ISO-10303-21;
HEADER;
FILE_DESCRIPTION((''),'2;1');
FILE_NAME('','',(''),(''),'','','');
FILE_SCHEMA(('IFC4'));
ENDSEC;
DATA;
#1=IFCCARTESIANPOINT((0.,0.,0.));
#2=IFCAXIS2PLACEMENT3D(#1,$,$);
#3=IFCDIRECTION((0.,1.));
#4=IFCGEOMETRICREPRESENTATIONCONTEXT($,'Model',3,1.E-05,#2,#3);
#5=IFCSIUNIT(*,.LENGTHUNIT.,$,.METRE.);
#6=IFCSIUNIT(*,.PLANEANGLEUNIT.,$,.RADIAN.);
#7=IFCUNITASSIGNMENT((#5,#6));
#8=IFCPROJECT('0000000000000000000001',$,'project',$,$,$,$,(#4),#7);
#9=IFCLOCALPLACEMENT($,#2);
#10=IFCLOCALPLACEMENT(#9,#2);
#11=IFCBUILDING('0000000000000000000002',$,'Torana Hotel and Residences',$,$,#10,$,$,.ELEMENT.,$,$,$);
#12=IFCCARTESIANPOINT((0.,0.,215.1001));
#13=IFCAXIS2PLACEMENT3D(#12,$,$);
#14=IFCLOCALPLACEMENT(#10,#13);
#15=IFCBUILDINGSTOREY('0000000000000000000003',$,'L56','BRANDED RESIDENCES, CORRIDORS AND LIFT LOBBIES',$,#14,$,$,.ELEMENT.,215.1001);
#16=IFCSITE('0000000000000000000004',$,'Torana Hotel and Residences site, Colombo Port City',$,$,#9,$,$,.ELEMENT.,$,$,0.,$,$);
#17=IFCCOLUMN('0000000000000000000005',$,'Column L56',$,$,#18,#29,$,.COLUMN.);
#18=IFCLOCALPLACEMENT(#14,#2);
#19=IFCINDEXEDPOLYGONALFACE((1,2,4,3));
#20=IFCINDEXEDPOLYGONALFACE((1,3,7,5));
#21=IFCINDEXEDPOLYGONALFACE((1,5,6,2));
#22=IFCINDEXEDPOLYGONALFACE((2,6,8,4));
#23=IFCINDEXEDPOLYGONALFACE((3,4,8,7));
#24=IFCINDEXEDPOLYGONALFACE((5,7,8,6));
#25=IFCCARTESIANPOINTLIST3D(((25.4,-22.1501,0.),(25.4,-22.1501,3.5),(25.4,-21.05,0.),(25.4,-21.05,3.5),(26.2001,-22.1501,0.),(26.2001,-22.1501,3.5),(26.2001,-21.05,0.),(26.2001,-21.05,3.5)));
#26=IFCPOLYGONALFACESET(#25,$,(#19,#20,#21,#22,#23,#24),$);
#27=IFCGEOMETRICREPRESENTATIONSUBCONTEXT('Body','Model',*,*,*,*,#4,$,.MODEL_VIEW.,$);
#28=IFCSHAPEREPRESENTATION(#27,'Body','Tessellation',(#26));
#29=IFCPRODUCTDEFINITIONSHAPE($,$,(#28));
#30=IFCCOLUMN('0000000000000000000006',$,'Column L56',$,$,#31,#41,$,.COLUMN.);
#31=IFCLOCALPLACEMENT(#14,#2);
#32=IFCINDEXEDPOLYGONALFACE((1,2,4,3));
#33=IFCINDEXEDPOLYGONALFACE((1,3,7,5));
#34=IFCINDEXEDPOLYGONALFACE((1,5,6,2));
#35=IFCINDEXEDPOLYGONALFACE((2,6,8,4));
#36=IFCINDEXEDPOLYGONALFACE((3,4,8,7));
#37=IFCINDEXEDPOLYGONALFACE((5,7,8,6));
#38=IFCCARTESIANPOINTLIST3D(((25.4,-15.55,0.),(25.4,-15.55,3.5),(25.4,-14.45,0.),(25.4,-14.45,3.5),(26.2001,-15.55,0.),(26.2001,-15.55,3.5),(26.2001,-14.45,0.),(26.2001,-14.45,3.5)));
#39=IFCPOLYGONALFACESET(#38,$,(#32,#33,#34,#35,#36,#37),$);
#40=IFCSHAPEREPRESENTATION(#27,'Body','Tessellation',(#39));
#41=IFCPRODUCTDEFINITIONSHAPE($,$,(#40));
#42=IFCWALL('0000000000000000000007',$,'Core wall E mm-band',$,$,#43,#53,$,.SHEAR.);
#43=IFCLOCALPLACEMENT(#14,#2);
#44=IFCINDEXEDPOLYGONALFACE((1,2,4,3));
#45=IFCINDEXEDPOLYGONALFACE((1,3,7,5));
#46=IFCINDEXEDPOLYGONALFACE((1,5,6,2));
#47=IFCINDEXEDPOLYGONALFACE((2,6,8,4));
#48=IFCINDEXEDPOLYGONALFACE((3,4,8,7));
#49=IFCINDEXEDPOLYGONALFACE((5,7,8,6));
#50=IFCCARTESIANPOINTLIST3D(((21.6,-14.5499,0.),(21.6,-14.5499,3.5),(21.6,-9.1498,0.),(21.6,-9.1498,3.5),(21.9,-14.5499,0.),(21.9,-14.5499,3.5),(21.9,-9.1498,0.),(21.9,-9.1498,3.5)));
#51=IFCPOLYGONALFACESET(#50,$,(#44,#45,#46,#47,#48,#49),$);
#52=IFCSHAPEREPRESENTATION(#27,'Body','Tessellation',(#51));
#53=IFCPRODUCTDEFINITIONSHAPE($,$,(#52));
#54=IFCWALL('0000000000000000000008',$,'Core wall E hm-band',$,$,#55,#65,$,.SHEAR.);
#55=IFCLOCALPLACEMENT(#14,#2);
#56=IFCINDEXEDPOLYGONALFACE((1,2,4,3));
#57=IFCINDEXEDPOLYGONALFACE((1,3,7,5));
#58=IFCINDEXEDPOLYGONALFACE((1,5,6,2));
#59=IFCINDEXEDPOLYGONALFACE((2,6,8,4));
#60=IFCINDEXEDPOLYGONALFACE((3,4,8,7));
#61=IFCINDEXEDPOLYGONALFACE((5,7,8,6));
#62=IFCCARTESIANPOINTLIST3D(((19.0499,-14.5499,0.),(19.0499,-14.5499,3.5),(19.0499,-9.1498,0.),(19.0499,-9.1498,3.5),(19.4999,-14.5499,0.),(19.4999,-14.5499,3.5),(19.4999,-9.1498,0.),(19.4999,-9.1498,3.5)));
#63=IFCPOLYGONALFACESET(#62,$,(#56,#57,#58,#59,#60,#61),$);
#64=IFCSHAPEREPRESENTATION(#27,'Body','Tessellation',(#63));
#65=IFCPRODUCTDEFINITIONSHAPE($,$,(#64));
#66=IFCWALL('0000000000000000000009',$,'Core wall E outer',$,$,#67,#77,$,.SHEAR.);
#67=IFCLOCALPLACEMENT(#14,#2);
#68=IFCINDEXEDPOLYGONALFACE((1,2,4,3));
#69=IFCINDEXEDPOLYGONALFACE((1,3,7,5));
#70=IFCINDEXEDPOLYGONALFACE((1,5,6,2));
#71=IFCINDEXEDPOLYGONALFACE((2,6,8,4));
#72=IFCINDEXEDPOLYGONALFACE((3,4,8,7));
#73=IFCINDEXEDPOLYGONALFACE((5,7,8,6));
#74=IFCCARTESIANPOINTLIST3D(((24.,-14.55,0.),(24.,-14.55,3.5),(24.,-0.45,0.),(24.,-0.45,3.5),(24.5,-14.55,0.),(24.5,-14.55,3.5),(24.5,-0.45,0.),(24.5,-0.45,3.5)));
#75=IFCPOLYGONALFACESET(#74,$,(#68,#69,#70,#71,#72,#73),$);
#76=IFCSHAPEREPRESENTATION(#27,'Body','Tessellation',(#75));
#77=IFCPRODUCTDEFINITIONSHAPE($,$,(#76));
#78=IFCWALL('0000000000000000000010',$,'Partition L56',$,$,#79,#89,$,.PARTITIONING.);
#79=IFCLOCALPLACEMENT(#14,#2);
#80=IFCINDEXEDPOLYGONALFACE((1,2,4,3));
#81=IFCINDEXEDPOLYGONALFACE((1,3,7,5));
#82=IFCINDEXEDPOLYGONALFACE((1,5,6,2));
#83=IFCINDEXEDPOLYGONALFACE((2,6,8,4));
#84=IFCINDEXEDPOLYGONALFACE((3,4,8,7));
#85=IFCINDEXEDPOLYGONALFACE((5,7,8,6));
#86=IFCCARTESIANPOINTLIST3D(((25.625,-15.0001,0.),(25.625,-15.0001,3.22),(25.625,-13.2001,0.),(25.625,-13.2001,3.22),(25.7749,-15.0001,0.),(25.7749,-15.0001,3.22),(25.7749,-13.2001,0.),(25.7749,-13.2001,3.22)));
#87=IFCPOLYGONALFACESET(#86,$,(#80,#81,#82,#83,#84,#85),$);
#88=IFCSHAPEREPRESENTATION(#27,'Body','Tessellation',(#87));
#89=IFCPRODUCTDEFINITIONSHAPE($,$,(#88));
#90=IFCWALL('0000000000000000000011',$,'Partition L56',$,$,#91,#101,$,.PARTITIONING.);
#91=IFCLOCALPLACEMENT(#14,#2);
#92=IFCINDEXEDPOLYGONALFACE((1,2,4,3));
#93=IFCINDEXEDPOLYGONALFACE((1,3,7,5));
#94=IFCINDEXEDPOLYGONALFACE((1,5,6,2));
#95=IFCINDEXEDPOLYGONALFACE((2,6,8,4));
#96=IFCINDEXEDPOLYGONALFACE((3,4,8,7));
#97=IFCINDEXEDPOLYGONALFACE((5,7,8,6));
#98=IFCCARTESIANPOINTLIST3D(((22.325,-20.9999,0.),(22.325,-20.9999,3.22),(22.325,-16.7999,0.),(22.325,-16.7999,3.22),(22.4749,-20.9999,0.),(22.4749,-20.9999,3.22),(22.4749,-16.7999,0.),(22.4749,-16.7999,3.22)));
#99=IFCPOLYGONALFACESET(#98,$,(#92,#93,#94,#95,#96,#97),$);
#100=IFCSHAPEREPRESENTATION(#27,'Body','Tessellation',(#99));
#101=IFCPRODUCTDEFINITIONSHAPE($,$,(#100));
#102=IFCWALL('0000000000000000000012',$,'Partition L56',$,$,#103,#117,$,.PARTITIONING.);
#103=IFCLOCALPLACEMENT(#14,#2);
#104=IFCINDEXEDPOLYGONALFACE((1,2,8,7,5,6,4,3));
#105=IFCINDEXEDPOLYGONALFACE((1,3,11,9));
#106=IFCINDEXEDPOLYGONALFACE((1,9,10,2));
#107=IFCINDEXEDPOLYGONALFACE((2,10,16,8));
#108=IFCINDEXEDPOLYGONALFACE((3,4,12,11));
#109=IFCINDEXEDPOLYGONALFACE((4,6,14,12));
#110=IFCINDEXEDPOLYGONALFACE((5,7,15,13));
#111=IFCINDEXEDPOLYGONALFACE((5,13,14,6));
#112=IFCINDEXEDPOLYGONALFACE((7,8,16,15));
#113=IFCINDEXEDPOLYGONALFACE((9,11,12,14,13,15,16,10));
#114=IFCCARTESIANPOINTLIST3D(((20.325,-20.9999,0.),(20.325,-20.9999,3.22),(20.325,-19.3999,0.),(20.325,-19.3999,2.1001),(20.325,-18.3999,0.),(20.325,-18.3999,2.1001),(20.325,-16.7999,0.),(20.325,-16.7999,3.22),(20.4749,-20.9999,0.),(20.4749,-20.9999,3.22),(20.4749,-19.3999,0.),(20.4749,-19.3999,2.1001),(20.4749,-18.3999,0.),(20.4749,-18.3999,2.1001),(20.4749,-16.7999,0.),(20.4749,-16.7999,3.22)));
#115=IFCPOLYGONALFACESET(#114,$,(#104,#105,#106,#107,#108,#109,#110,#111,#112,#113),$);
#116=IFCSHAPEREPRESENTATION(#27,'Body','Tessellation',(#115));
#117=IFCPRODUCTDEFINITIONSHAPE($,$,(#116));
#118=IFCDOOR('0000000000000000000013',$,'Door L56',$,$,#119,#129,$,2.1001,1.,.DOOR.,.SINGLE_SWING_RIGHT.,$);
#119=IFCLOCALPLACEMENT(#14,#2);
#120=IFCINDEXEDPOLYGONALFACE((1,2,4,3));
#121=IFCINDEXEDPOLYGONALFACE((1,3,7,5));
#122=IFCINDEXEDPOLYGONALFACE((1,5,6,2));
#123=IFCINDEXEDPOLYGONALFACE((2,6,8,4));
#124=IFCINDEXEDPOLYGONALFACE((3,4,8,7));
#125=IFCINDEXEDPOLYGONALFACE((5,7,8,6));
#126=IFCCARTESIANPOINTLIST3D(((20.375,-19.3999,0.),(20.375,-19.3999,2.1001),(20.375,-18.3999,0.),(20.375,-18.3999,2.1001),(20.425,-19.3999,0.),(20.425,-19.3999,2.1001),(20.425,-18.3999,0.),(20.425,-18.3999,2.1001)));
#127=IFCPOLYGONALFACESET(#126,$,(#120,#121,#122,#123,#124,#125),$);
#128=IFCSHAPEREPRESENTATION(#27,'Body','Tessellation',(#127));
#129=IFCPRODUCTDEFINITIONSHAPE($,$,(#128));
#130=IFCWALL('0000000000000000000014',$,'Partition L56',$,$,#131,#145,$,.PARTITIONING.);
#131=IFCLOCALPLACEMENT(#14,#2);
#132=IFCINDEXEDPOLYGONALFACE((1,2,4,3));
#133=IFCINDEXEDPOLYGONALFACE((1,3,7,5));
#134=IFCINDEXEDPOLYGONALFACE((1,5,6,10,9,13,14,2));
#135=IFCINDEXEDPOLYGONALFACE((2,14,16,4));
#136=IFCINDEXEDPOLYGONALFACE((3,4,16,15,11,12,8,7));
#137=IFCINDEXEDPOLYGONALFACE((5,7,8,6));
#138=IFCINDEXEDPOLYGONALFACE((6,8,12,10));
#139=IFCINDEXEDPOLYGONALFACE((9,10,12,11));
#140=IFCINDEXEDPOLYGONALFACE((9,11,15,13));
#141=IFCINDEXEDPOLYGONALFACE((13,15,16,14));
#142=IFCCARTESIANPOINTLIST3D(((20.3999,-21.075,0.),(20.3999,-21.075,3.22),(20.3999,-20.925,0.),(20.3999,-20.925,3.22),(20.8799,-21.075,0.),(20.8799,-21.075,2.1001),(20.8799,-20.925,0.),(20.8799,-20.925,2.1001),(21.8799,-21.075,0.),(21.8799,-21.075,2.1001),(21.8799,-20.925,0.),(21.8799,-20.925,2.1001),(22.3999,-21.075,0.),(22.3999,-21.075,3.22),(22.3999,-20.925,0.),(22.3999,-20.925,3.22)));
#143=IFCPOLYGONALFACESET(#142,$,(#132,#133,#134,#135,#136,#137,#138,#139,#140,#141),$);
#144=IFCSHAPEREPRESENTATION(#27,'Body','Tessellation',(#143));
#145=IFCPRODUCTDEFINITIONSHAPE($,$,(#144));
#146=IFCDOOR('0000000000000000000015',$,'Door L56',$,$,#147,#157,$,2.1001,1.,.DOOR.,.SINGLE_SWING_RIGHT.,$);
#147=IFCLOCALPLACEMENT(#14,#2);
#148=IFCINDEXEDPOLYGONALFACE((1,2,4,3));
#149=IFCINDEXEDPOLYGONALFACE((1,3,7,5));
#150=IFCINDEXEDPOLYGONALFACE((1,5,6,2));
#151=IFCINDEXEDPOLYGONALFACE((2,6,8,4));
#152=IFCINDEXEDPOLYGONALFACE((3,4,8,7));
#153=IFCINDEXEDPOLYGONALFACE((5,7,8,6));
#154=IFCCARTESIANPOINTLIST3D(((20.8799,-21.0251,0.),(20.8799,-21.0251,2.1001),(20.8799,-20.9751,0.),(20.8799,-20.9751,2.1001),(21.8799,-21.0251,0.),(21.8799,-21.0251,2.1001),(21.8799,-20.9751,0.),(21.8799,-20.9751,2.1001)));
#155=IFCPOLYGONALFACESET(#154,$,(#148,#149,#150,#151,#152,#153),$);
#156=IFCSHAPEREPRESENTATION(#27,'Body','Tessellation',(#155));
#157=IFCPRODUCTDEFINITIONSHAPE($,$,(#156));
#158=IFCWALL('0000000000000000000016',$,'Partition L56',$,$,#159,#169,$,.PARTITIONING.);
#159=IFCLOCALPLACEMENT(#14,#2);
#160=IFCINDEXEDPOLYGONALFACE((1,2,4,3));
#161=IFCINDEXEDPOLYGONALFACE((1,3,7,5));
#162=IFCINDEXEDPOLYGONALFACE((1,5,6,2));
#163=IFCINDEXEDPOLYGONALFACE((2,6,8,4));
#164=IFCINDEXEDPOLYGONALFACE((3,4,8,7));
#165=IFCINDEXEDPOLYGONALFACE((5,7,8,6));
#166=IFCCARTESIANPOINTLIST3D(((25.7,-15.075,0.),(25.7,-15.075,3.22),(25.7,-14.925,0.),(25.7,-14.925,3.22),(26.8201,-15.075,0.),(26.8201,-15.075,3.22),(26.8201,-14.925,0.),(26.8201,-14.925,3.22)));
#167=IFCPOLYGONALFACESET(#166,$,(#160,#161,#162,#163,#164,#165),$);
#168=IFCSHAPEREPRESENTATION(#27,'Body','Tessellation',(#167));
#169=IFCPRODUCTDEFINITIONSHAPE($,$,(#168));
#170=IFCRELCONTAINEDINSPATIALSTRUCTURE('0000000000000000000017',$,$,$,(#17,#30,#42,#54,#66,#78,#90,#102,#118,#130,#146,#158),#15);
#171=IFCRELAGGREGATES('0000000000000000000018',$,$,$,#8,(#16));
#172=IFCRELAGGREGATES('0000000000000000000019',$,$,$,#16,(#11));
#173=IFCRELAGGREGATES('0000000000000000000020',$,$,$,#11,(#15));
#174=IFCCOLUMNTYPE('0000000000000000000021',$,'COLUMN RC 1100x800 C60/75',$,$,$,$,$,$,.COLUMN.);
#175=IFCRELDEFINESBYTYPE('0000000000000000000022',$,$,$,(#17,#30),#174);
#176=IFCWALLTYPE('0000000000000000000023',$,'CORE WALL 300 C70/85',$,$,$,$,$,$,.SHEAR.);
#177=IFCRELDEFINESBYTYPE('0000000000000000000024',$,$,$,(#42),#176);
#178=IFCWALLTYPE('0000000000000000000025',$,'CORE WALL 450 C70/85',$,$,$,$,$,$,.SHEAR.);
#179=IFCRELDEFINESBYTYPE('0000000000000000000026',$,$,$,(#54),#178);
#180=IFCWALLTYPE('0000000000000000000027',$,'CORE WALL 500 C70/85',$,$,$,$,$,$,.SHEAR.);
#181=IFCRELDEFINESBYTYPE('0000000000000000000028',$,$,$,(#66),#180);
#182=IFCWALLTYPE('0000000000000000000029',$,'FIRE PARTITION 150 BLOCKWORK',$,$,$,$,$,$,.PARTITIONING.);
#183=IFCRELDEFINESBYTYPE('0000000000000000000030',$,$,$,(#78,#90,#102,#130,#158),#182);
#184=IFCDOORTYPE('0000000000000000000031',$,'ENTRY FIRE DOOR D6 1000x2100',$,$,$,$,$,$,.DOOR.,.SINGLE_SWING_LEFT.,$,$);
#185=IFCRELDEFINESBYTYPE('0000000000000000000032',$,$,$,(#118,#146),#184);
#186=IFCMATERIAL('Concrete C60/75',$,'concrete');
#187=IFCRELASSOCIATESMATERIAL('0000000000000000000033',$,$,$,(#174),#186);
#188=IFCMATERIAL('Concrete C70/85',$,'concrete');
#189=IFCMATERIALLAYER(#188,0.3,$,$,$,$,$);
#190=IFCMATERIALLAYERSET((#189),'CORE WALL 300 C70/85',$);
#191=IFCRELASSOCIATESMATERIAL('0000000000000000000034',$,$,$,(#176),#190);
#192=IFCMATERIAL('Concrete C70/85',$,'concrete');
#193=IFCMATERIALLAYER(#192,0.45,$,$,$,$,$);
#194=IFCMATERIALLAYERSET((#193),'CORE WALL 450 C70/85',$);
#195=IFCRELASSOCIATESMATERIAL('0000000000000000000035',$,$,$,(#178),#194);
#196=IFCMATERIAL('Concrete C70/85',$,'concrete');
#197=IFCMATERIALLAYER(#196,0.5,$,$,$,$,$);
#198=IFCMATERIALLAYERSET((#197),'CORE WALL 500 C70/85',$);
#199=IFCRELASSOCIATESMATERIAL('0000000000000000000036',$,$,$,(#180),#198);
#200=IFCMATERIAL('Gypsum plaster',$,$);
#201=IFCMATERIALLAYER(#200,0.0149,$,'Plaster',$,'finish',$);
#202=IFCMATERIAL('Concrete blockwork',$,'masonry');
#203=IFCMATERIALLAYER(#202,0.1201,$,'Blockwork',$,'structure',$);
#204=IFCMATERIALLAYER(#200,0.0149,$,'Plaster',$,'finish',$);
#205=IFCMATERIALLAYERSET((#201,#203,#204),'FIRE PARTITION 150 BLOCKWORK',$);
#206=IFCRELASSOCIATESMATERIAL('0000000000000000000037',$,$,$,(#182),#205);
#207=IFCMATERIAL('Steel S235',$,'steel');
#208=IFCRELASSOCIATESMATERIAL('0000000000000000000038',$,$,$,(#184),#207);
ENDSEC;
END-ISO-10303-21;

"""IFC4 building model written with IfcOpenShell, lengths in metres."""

from ifc_helpers import new_model, si_unit, direction, frame, frame_2d, origin, origin_2d, place, context, subcontext, project, spatial, rectangle, extrude, material, layer, layer_set, material_profile, profile_set, type_object, element, fill, save


model = new_model("IFC4")

# Units and contexts
model_context = context("Model", 3, precision=1e-05, world=origin(), true_north=direction((0.0, 1.0)))
body_context = subcontext(model_context, "Body", "Model", "MODEL_VIEW")
ifc_project = project(units=[si_unit("LENGTHUNIT", "METRE"), si_unit("PLANEANGLEUNIT", "RADIAN")], contexts=[model_context])

# Site, building, storey
site_placement = place(None, origin())
site = spatial("IfcSite", under=ifc_project, at=site_placement, Name="Torana Hotel and Residences site, Colombo Port City", CompositionType="ELEMENT", RefElevation=0.0)
building_placement = place(site_placement, origin())
building = spatial("IfcBuilding", under=site, at=building_placement, Name="Torana Hotel and Residences", CompositionType="ELEMENT")
storey_placement = place(building_placement, frame((0.0, 0.0, 215.1001)))
storey = spatial("IfcBuildingStorey", under=building, at=storey_placement, Name="L56", Description="BRANDED RESIDENCES, CORRIDORS AND LIFT LOBBIES", CompositionType="ELEMENT", Elevation=215.1001)

# Columns
ifc_material_1 = material(Name="Concrete C60/75", Category="concrete")
ifc_material_profile = material_profile(ifc_material_1, rectangle(XDim=1.1001, YDim=0.8, at=origin_2d()), Name="RC 1100x800")
ifc_profile_set = profile_set([ifc_material_profile], Name="Concrete C60/75")
column_type = type_object("IfcColumnType", Name="COLUMN RC 1100x800 C60/75", PredefinedType="COLUMN", material=ifc_profile_set)
for number, where, z_axis, x_axis, name in (
    (1, (25.8, -21.6001, 0.0), (0.0, 0.0, 1.0), (0.0, 1.0, 0.0), "Column L56"),
    (2, (25.8, -15.0, 0.0), (0.0, 0.0, 1.0), (0.0, 1.0, 0.0), "Column L56"),
):
    element("IfcColumn", number, at=place(storey_placement, frame(where, z_axis=z_axis, x_axis=x_axis)), inside=storey, type_object=column_type, Name=name, PredefinedType="COLUMN", context=body_context, shape_type="SweptSolid", body=[
        extrude(rectangle(XDim=1.1001, YDim=0.8, at=origin_2d()), origin(), (0.0, 0.0, 1.0), 3.5),
    ])

# Walls
ifc_material_2 = material(Name="Concrete C70/85", Category="concrete")
ifc_layer_1 = layer(ifc_material_2, 0.3)
ifc_layer_set_1 = layer_set([ifc_layer_1], Name="CORE WALL 300 C70/85")
wall_type_1 = type_object("IfcWallType", Name="CORE WALL 300 C70/85", PredefinedType="SHEAR", material=ifc_layer_set_1)
wall_1_placement = place(storey_placement, frame((21.75, -14.55, 0.0), z_axis=(0.0, 0.0, 1.0), x_axis=(0.0, 1.0, 0.0)))
element("IfcWall", 3, at=wall_1_placement, inside=storey, type_object=wall_type_1, Name="Core wall E mm-band", PredefinedType="SHEAR", context=body_context, shape_type="SweptSolid", body=[
    extrude(rectangle(XDim=5.4001, YDim=0.3, at=frame_2d((2.7002, 0.0))), origin(), (0.0, 0.0, 1.0), 3.5),
])
ifc_material_3 = material(Name="Concrete C70/85", Category="concrete")
ifc_layer_2 = layer(ifc_material_3, 0.45)
ifc_layer_set_2 = layer_set([ifc_layer_2], Name="CORE WALL 450 C70/85")
wall_type_2 = type_object("IfcWallType", Name="CORE WALL 450 C70/85", PredefinedType="SHEAR", material=ifc_layer_set_2)
wall_2_placement = place(storey_placement, frame((19.2749, -14.55, 0.0), z_axis=(0.0, 0.0, 1.0), x_axis=(0.0, 1.0, 0.0)))
element("IfcWall", 4, at=wall_2_placement, inside=storey, type_object=wall_type_2, Name="Core wall E hm-band", PredefinedType="SHEAR", context=body_context, shape_type="SweptSolid", body=[
    extrude(rectangle(XDim=5.4001, YDim=0.45, at=frame_2d((2.7002, 0.0))), origin(), (0.0, 0.0, 1.0), 3.5),
])
ifc_material_4 = material(Name="Concrete C70/85", Category="concrete")
ifc_layer_3 = layer(ifc_material_4, 0.5)
ifc_layer_set_3 = layer_set([ifc_layer_3], Name="CORE WALL 500 C70/85")
wall_type_3 = type_object("IfcWallType", Name="CORE WALL 500 C70/85", PredefinedType="SHEAR", material=ifc_layer_set_3)
wall_3_placement = place(storey_placement, frame((24.25, -14.55, 0.0), z_axis=(0.0, 0.0, 1.0), x_axis=(0.0, 1.0, 0.0)))
element("IfcWall", 5, at=wall_3_placement, inside=storey, type_object=wall_type_3, Name="Core wall E outer", PredefinedType="SHEAR", context=body_context, shape_type="SweptSolid", body=[
    extrude(rectangle(XDim=14.1001, YDim=0.5, at=frame_2d((7.05, 0.0))), origin(), (0.0, 0.0, 1.0), 3.5),
])
ifc_material_5 = material(Name="Gypsum plaster")
ifc_layer_4 = layer(ifc_material_5, 0.0149, Name="Plaster", Category="finish")
ifc_material_6 = material(Name="Concrete blockwork", Category="masonry")
ifc_layer_5 = layer(ifc_material_6, 0.1201, Name="Blockwork", Category="structure")
ifc_layer_6 = layer(ifc_material_5, 0.0149, Name="Plaster", Category="finish")
ifc_layer_set_4 = layer_set([ifc_layer_4, ifc_layer_5, ifc_layer_6], Name="FIRE PARTITION 150 BLOCKWORK")
wall_type_4 = type_object("IfcWallType", Name="FIRE PARTITION 150 BLOCKWORK", PredefinedType="PARTITIONING", material=ifc_layer_set_4)
wall_4_placement = place(storey_placement, frame((25.7, -15.0, 0.0), z_axis=(0.0, 0.0, 1.0), x_axis=(0.0, 1.0, 0.0)))
element("IfcWall", 6, at=wall_4_placement, inside=storey, type_object=wall_type_4, Name="Partition L56", PredefinedType="PARTITIONING", context=body_context, shape_type="SweptSolid", body=[
    extrude(rectangle(XDim=1.8, YDim=0.1499, at=frame_2d((0.8999, 0.0))), origin(), (0.0, 0.0, 1.0), 3.22),
])
wall_5_placement = place(storey_placement, frame((22.3999, -21.0, 0.0), z_axis=(0.0, 0.0, 1.0), x_axis=(0.0, 1.0, 0.0)))
element("IfcWall", 7, at=wall_5_placement, inside=storey, type_object=wall_type_4, Name="Partition L56", PredefinedType="PARTITIONING", context=body_context, shape_type="SweptSolid", body=[
    extrude(rectangle(XDim=4.2, YDim=0.1499, at=frame_2d((2.1001, 0.0))), origin(), (0.0, 0.0, 1.0), 3.22),
])

# Walls, openings, doors
wall_6_placement = place(storey_placement, frame((20.3999, -21.0, 0.0), z_axis=(0.0, 0.0, 1.0), x_axis=(0.0, 1.0, 0.0)))
wall_6 = element("IfcWall", 8, at=wall_6_placement, inside=storey, type_object=wall_type_4, Name="Partition L56", PredefinedType="PARTITIONING", context=body_context, shape_type="SweptSolid", body=[
    extrude(rectangle(XDim=4.2, YDim=0.1499, at=frame_2d((2.1001, 0.0))), origin(), (0.0, 0.0, 1.0), 3.22),
])
opening_1_placement = place(wall_6_placement, frame((1.6001, 0.0, 0.0)))
opening_1 = element("IfcOpeningElement", 9, at=opening_1_placement, cuts=wall_6, PredefinedType="OPENING", context=body_context, shape_type="SweptSolid", body=[
    extrude(rectangle(XDim=1.0, YDim=2.1001, at=frame_2d((0.5, 1.05))), frame((0.0, 0.085, 0.0), z_axis=(0.0, -1.0, 0.0), x_axis=(1.0, 0.0, 0.0)), (0.0, 0.0, 1.0), 0.1699),
])
ifc_material_7 = material(Name="Steel S235", Category="steel")
door_type_1 = type_object("IfcDoorType", Name="ENTRY FIRE DOOR D6 1000x2100", OperationType="SINGLE_SWING_LEFT", PredefinedType="DOOR", material=ifc_material_7)
door_1_placement = place(opening_1_placement, origin())
door_1 = element("IfcDoor", 10, at=door_1_placement, inside=storey, type_object=door_type_1, Name="Door L56", OperationType="SINGLE_SWING_RIGHT", OverallHeight=2.1001, OverallWidth=1.0, PredefinedType="DOOR", context=body_context, shape_type="SweptSolid", body=[
    extrude(rectangle(XDim=1.0, YDim=2.1001, at=frame_2d((0.5, 1.05))), frame((0.0, 0.0249, 0.0), z_axis=(0.0, -1.0, 0.0), x_axis=(1.0, 0.0, 0.0)), (0.0, 0.0, 1.0), 0.05),
])
fill(opening_1, door_1)
wall_7_placement = place(storey_placement, frame((20.3999, -21.0, 0.0), z_axis=(0.0, 0.0, 1.0), x_axis=(1.0, 0.0, 0.0)))
wall_7 = element("IfcWall", 11, at=wall_7_placement, inside=storey, type_object=wall_type_4, Name="Partition L56", PredefinedType="PARTITIONING", context=body_context, shape_type="SweptSolid", body=[
    extrude(rectangle(XDim=2.0, YDim=0.1499, at=frame_2d((1.0, 0.0))), origin(), (0.0, 0.0, 1.0), 3.22),
])
opening_2_placement = place(wall_7_placement, frame((0.48, 0.0, 0.0)))
opening_2 = element("IfcOpeningElement", 12, at=opening_2_placement, cuts=wall_7, PredefinedType="OPENING", context=body_context, shape_type="SweptSolid", body=[
    extrude(rectangle(XDim=1.0, YDim=2.1001, at=frame_2d((0.5, 1.05))), frame((0.0, 0.085, 0.0), z_axis=(0.0, -1.0, 0.0), x_axis=(1.0, 0.0, 0.0)), (0.0, 0.0, 1.0), 0.1699),
])
door_2_placement = place(opening_2_placement, frame((0.5, 0.0, 0.0), z_axis=(0.0, 0.0, 1.0), x_axis=(-1.0, 0.0, 0.0)))
door_2 = element("IfcDoor", 13, at=door_2_placement, inside=storey, type_object=door_type_1, Name="Door L56", OperationType="SINGLE_SWING_RIGHT", OverallHeight=2.1001, OverallWidth=1.0, PredefinedType="DOOR", context=body_context, shape_type="SweptSolid", body=[
    extrude(rectangle(XDim=1.0, YDim=2.1001, at=frame_2d((0.0, 1.05))), frame((0.0, -0.0249, 0.0), z_axis=(0.0, 1.0, 0.0), x_axis=(-1.0, 0.0, 0.0)), (0.0, 0.0, 1.0), 0.05),
])
fill(opening_2, door_2)

# Wall
wall_8_placement = place(storey_placement, frame((25.7, -15.0, 0.0), z_axis=(0.0, 0.0, 1.0), x_axis=(1.0, 0.0, 0.0)))
element("IfcWall", 14, at=wall_8_placement, inside=storey, type_object=wall_type_4, Name="Partition L56", PredefinedType="PARTITIONING", context=body_context, shape_type="SweptSolid", body=[
    extrude(rectangle(XDim=1.1201, YDim=0.1499, at=frame_2d((0.5601, 0.0))), origin(), (0.0, 0.0, 1.0), 3.22),
])

save(model, "model.ifc")
